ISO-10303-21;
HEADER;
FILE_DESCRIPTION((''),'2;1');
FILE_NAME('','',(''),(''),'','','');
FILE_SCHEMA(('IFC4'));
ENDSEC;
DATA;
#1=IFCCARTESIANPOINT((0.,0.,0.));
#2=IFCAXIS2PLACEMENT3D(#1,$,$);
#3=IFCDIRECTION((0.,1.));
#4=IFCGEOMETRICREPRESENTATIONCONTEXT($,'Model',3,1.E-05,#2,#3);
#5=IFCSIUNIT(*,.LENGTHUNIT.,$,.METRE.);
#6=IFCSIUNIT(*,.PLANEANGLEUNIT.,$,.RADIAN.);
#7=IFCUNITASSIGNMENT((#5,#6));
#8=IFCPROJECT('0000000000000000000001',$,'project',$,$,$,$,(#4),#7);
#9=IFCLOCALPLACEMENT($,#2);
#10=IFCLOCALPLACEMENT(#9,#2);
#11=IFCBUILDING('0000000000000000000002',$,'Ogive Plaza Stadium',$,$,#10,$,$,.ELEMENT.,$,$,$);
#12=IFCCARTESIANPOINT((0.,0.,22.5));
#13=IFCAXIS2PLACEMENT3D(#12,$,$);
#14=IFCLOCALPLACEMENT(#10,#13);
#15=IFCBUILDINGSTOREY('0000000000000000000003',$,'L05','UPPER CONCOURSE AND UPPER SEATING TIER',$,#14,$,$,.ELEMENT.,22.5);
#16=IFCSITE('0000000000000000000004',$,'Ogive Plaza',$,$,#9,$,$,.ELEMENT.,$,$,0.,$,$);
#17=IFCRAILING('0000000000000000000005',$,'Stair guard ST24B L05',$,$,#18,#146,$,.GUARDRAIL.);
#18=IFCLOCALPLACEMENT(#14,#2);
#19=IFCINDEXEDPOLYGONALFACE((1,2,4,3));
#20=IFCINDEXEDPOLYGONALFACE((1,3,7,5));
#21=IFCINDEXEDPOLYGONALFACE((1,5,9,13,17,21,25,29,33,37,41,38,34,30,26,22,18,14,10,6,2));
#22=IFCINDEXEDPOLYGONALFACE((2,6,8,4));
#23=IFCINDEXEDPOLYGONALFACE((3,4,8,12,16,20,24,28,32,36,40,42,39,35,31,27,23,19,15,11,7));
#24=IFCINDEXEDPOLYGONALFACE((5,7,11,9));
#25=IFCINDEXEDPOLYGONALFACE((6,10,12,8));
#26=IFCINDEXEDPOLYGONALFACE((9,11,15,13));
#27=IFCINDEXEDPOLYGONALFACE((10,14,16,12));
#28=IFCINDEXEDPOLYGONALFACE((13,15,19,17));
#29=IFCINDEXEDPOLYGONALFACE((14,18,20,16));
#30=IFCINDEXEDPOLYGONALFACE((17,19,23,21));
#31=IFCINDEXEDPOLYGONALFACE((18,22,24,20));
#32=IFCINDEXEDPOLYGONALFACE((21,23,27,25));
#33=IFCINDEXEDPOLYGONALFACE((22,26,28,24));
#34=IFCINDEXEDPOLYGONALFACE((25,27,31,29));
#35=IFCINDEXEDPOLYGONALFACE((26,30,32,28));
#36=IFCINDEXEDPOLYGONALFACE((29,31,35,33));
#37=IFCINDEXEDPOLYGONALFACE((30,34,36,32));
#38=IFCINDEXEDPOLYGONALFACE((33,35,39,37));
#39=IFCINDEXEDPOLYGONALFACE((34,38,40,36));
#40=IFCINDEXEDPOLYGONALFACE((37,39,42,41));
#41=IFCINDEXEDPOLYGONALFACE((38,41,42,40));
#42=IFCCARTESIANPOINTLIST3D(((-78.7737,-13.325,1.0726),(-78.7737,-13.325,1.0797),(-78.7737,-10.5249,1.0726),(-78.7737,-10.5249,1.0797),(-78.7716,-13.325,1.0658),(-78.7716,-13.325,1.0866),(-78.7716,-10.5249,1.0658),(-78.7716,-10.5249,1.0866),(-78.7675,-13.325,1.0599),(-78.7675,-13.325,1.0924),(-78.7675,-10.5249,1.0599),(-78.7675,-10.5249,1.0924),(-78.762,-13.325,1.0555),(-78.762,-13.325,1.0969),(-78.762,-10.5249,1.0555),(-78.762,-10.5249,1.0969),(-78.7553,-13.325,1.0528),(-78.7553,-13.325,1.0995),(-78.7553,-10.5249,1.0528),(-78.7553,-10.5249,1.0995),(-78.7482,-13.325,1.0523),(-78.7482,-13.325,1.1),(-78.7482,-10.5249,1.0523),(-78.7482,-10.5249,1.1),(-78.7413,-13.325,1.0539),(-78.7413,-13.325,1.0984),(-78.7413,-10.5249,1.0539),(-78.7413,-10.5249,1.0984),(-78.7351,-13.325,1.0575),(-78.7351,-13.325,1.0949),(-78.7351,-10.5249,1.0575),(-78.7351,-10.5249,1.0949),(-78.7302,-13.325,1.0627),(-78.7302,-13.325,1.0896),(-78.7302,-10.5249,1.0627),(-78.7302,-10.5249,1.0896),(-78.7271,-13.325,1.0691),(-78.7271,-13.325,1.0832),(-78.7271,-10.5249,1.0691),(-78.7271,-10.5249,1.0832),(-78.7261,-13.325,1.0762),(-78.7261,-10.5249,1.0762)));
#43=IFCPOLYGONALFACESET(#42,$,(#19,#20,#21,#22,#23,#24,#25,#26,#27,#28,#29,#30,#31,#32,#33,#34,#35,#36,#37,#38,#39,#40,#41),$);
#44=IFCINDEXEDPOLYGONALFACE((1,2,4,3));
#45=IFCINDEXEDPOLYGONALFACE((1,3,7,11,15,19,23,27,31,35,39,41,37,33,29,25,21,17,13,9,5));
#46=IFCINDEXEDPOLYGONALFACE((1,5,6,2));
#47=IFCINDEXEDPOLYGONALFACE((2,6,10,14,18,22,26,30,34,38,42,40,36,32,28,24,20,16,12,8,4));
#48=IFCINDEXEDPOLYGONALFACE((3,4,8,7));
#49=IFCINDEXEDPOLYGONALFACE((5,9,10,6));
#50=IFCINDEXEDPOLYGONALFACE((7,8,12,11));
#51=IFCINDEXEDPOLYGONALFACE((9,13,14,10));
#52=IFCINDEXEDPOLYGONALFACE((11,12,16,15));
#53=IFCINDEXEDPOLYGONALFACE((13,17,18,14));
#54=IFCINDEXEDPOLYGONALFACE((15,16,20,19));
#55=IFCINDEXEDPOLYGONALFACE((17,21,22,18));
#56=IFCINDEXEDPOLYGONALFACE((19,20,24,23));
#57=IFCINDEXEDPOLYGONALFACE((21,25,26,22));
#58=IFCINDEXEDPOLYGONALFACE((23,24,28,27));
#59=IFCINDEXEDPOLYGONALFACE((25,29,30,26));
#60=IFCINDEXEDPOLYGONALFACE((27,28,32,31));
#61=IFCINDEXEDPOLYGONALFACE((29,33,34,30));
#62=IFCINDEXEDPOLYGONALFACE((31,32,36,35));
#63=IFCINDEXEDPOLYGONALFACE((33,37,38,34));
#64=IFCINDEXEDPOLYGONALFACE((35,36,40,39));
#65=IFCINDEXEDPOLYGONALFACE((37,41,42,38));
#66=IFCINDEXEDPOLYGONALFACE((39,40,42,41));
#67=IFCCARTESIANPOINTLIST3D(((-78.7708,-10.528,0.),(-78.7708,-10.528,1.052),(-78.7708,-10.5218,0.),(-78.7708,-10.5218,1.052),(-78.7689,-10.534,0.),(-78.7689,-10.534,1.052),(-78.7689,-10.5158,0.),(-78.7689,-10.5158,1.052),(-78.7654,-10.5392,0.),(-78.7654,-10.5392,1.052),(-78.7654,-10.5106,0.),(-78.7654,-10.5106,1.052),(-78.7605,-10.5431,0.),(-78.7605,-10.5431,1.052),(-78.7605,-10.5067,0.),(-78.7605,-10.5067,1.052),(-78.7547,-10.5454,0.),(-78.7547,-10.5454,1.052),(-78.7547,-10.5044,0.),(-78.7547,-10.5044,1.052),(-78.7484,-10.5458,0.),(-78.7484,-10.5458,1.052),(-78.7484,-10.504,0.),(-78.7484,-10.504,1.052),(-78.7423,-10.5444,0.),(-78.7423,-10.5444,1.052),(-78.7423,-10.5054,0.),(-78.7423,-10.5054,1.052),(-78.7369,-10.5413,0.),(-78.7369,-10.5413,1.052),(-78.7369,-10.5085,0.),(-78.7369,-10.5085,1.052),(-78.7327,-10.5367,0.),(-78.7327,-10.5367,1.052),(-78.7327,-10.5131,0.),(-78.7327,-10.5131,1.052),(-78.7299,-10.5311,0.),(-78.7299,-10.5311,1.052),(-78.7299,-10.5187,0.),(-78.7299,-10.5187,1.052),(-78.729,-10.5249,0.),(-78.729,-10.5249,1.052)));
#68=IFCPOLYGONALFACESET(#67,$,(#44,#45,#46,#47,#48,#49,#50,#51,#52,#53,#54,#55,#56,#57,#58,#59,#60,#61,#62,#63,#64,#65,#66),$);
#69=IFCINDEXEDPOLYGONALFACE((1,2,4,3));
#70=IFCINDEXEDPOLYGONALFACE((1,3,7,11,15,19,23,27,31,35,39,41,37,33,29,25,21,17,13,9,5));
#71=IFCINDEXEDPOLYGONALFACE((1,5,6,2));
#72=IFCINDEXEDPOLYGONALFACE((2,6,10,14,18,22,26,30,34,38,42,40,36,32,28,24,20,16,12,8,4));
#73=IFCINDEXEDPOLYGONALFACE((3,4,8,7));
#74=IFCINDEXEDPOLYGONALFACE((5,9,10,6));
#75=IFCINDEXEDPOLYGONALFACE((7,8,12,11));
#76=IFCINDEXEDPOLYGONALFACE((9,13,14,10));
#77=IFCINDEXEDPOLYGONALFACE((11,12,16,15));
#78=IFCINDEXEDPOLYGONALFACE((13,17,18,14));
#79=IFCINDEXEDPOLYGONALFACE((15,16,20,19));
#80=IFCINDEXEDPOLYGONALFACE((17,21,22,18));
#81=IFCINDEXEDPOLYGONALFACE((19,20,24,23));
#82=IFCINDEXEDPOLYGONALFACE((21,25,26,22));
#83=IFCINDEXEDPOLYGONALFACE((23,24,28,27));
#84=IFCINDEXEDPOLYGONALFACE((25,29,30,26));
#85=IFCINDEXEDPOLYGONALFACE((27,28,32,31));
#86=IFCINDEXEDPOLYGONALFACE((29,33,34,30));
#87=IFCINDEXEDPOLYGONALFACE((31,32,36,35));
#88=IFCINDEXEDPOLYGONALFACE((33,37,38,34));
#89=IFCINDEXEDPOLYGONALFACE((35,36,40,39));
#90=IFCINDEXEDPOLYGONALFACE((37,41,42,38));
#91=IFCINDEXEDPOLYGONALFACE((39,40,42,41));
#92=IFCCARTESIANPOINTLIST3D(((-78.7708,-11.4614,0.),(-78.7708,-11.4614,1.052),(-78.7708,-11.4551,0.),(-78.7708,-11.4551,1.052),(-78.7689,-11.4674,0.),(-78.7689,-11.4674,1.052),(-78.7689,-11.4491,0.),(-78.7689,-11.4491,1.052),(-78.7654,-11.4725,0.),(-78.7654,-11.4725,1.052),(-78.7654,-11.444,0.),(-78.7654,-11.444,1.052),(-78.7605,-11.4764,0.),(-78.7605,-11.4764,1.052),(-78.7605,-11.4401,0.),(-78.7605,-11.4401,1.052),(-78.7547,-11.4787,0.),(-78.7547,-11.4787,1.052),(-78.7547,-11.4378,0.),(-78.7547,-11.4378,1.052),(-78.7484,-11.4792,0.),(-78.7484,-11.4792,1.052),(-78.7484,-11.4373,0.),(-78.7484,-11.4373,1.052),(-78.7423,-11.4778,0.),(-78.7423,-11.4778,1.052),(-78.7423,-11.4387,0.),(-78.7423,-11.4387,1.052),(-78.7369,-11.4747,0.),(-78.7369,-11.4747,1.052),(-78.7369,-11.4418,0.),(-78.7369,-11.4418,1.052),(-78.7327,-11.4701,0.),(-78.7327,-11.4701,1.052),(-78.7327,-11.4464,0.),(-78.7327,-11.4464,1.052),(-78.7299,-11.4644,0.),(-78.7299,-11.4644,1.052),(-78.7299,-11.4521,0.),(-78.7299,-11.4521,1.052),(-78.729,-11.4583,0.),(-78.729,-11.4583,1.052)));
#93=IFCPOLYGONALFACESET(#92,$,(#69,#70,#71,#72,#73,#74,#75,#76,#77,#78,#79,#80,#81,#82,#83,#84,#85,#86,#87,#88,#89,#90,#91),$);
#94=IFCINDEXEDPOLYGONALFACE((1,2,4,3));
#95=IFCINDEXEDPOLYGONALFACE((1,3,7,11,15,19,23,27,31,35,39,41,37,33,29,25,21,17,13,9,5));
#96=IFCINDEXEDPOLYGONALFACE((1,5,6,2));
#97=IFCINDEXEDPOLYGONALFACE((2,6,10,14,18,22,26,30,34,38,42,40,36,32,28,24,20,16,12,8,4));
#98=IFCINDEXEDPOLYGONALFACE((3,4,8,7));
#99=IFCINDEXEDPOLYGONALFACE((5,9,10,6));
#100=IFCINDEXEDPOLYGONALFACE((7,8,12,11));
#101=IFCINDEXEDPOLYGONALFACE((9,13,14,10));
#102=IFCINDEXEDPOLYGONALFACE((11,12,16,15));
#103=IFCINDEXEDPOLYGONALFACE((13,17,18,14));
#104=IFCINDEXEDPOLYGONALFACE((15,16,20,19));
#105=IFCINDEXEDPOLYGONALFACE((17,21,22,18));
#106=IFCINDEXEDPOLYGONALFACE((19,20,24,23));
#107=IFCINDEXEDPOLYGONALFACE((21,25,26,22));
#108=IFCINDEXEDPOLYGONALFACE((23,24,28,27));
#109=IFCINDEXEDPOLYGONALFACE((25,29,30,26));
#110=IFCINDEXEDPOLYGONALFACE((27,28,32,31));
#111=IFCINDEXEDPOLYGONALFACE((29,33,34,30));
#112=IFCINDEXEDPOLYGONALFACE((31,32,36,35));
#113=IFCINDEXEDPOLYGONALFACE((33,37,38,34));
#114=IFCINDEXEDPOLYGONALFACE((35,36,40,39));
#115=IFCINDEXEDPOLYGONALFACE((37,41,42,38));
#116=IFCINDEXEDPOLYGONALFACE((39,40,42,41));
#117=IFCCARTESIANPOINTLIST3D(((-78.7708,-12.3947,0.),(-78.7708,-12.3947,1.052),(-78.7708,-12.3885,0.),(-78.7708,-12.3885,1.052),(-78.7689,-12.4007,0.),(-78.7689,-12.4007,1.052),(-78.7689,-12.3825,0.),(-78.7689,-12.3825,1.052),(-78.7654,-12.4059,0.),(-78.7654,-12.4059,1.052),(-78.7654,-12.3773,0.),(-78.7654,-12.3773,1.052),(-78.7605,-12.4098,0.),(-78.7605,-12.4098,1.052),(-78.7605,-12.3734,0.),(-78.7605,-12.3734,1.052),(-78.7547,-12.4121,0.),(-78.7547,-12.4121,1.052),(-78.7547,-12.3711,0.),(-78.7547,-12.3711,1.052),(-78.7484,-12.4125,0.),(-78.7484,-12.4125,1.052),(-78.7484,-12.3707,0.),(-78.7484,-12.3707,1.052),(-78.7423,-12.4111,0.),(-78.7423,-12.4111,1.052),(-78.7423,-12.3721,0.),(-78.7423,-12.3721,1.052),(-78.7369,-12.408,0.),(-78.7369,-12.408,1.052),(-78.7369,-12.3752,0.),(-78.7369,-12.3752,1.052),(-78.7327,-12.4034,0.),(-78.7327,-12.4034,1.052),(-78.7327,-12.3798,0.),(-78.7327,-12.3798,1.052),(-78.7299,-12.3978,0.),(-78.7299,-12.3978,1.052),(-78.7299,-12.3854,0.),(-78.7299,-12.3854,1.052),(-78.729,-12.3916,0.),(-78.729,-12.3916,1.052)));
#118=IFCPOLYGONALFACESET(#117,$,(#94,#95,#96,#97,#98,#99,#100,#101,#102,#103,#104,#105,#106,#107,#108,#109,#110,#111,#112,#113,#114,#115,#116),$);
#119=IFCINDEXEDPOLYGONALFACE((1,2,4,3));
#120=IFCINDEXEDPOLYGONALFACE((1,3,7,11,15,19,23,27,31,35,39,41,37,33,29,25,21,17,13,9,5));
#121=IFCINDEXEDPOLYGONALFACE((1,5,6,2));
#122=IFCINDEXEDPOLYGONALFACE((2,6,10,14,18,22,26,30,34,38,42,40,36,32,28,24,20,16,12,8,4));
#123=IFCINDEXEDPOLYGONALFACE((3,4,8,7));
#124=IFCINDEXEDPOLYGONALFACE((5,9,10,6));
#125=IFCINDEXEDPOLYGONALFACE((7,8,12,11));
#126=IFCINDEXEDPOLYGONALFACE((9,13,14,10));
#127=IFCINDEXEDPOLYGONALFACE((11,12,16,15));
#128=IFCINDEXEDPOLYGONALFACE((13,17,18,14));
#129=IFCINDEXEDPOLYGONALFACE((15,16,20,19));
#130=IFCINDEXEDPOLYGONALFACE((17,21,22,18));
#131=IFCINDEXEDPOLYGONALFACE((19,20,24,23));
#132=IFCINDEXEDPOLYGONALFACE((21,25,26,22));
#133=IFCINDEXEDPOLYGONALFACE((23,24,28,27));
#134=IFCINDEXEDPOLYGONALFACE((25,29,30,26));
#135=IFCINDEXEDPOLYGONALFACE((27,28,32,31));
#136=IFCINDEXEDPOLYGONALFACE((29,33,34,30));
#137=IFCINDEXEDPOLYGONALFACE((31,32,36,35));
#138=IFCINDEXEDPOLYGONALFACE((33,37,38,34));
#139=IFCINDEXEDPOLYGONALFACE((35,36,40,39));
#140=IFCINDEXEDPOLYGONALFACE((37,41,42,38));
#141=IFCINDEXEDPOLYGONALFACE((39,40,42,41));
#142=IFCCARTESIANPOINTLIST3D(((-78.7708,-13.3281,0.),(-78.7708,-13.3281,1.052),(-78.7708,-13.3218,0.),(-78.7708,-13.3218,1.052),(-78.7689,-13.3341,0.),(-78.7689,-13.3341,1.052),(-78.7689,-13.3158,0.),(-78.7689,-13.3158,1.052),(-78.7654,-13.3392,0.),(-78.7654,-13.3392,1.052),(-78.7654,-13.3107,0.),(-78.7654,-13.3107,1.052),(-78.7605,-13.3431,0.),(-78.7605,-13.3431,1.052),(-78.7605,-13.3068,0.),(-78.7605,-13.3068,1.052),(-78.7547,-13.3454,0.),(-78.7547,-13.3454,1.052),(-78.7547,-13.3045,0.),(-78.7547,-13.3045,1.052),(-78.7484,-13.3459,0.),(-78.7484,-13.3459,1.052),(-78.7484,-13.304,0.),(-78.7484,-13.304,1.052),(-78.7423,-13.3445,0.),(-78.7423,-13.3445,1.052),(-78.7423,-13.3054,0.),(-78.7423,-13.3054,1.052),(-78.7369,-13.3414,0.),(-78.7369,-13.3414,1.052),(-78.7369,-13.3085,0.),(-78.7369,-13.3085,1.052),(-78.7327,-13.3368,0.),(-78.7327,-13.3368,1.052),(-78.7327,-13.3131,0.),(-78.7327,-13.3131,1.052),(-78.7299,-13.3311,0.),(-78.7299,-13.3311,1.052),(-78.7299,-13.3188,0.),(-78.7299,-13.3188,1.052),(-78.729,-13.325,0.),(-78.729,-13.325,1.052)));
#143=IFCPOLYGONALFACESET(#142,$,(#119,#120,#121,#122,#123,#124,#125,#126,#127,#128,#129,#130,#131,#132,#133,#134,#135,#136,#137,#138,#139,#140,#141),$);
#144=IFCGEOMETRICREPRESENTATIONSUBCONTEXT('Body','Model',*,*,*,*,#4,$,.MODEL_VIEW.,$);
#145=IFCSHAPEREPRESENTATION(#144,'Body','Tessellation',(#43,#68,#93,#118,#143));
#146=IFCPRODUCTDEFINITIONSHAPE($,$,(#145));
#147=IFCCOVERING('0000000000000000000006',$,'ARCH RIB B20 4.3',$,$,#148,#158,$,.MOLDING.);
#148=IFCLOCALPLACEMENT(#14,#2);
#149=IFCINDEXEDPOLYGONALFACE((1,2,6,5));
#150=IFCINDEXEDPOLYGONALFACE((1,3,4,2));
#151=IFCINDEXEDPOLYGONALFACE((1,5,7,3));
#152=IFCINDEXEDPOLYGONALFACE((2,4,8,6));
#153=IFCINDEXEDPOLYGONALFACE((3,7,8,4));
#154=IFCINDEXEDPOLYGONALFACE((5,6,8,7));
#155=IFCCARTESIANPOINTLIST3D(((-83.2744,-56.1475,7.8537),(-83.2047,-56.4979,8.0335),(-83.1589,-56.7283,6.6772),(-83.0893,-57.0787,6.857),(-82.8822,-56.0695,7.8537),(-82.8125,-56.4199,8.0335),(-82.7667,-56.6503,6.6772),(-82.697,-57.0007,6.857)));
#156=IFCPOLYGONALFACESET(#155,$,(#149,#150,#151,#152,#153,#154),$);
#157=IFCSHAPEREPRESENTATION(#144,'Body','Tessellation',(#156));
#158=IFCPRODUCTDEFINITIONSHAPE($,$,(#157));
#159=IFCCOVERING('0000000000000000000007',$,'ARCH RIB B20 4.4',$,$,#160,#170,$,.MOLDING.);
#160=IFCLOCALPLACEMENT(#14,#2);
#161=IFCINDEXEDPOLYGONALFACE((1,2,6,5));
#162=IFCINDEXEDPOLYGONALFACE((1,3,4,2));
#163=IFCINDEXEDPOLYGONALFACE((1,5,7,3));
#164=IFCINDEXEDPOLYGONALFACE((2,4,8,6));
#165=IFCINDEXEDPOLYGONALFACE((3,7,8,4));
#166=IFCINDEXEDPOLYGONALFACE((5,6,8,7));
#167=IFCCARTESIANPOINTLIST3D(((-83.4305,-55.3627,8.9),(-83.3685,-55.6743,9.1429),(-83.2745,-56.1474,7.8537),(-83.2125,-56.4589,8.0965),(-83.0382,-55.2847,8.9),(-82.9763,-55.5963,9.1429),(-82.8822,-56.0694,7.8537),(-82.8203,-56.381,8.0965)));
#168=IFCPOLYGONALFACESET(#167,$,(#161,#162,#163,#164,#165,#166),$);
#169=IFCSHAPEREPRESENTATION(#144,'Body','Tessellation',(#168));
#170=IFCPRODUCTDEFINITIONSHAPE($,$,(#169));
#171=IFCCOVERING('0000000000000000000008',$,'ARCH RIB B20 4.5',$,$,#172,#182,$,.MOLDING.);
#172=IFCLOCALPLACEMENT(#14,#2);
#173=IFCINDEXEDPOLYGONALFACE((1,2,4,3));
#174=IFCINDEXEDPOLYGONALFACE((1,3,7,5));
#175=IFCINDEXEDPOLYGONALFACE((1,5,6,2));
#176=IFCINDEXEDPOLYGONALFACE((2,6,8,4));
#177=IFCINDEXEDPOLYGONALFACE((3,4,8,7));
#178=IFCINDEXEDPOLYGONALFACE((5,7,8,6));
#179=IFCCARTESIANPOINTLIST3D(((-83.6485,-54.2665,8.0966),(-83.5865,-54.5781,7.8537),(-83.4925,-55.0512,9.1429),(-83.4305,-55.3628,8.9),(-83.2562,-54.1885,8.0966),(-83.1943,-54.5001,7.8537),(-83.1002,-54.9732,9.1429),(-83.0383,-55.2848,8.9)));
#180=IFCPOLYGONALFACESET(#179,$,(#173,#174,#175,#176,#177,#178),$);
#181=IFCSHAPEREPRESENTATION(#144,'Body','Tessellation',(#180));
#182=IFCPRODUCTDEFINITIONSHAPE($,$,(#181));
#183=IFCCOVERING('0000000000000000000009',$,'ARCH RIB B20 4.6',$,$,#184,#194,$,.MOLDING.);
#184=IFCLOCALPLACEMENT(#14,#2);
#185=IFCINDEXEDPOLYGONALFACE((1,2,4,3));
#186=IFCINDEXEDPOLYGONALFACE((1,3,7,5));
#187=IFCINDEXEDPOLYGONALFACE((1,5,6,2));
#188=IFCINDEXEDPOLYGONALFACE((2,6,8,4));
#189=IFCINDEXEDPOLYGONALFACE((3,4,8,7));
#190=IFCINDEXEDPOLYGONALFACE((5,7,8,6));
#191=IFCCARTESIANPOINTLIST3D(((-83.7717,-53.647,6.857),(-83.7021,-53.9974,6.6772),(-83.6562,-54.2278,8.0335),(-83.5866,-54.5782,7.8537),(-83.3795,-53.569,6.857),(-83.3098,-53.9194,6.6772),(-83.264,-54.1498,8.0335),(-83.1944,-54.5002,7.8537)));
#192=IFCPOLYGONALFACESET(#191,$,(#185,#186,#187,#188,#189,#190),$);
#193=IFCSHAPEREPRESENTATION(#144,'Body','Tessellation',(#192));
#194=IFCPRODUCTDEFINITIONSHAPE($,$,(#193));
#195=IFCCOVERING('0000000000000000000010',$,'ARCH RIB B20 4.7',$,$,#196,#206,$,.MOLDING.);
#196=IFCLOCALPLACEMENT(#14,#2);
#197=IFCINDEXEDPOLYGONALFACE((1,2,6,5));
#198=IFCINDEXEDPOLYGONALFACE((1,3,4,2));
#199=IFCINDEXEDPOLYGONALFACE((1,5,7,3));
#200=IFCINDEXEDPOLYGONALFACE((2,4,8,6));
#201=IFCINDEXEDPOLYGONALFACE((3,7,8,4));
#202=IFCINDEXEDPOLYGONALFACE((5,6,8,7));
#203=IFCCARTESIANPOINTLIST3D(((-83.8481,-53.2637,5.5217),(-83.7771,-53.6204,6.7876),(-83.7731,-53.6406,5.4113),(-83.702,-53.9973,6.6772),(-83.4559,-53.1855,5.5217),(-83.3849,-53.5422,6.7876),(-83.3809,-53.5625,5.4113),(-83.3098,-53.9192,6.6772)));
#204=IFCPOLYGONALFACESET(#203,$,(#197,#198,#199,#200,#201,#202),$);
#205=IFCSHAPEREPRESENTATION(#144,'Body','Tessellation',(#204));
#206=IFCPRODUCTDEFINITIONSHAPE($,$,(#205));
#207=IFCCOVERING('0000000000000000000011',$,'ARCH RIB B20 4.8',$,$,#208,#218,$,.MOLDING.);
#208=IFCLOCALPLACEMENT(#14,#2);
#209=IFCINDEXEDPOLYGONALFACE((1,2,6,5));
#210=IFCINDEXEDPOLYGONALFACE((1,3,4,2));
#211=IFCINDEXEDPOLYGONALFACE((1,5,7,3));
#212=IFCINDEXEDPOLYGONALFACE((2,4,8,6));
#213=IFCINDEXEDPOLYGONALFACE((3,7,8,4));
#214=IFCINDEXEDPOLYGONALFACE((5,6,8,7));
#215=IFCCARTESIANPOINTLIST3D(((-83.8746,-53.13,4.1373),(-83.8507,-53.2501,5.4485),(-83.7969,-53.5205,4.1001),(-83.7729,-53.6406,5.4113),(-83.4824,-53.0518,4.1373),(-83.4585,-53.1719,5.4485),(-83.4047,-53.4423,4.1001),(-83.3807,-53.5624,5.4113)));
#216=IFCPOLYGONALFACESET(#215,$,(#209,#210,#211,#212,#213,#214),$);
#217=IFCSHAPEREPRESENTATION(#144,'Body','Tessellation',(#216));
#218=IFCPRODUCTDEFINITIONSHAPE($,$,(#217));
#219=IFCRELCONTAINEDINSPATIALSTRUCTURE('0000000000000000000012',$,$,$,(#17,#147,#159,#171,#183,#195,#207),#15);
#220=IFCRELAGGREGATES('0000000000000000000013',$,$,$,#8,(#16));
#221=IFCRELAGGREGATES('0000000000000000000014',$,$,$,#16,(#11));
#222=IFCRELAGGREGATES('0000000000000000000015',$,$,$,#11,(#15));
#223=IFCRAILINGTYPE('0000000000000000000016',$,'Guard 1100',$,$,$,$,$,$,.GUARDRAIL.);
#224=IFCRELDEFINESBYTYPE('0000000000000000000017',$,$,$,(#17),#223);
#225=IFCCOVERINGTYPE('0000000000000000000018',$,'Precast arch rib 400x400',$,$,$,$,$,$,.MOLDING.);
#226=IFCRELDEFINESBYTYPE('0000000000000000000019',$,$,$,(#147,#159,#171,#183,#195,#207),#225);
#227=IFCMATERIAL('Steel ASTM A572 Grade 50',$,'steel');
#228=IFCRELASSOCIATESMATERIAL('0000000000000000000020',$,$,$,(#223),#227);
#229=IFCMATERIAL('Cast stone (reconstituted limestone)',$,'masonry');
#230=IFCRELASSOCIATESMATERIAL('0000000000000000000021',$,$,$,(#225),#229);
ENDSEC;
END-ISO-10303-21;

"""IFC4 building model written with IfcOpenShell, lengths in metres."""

from ifc_helpers import new_model, si_unit, direction, frame, origin, origin_2d, place, context, subcontext, project, spatial, rectangle, circle, extrude, material, material_profile, profile_set, type_object, element, save


model = new_model("IFC4")

# Units and contexts
model_context = context("Model", 3, precision=1e-05, world=origin(), true_north=direction((0.0, 1.0)))
body_context = subcontext(model_context, "Body", "Model", "MODEL_VIEW")
ifc_project = project(units=[si_unit("LENGTHUNIT", "METRE"), si_unit("PLANEANGLEUNIT", "RADIAN")], contexts=[model_context])

# Site, building, storey
site_placement = place(None, origin())
site = spatial("IfcSite", under=ifc_project, at=site_placement, Name="Ogive Plaza", CompositionType="ELEMENT", RefElevation=0.0)
building_placement = place(site_placement, origin())
building = spatial("IfcBuilding", under=site, at=building_placement, Name="Ogive Plaza Stadium", CompositionType="ELEMENT")
storey_placement = place(building_placement, frame((0.0, 0.0, 22.5)))
storey = spatial("IfcBuildingStorey", under=building, at=storey_placement, Name="L05", Description="UPPER CONCOURSE AND UPPER SEATING TIER", CompositionType="ELEMENT", Elevation=22.5)

# Railing
ifc_material_1 = material(Name="Steel ASTM A572 Grade 50", Category="steel")
railing_type = type_object("IfcRailingType", Name="Guard 1100", PredefinedType="GUARDRAIL", material=ifc_material_1)
for number, where, name in (
    (1, (-78.75, -10.5249, 0.0), "Stair guard ST24B L05"),
):
    element("IfcRailing", number, at=place(storey_placement, frame(where)), inside=storey, type_object=railing_type, Name=name, PredefinedType="GUARDRAIL", context=body_context, shape_type="SweptSolid", body=[
        extrude(circle(Radius=0.0239, at=origin_2d()), frame((0.0, 0.0, 1.0762), z_axis=(0.0, -1.0, 0.0), x_axis=(1.0, 0.0, 0.0)), (0.0, 0.0, 1.0), 2.8),
        extrude(circle(Radius=0.021, at=origin_2d()), origin(), (0.0, 0.0, 1.0), 1.052),
        extrude(circle(Radius=0.021, at=origin_2d()), frame((0.0, -0.9333, 0.0)), (0.0, 0.0, 1.0), 1.052),
        extrude(circle(Radius=0.021, at=origin_2d()), frame((0.0, -1.8667, 0.0)), (0.0, 0.0, 1.0), 1.052),
        extrude(circle(Radius=0.021, at=origin_2d()), frame((0.0, -2.8, 0.0)), (0.0, 0.0, 1.0), 1.052),
    ])

# Coverings
ifc_material_2 = material(Name="Cast stone (reconstituted limestone)", Category="masonry")
ifc_material_profile_1 = material_profile(ifc_material_2, rectangle(XDim=0.3999, YDim=0.3999, at=origin_2d()), Name="Cast stone 400x400")
ifc_profile_set_1 = profile_set([ifc_material_profile_1], Name="Cast stone (reconstituted limestone)")
covering_type_1 = type_object("IfcCoveringType", Name="Precast arch rib 400x400", PredefinedType="MOLDING", material=ifc_profile_set_1)
for number, where, z_axis, x_axis, name in (
    (2, (-82.928, -56.8645, 6.7671), (-0.087674, 0.440963, 0.893233), (-0.980802, -0.195006, 0.0), "ARCH RIB B20 4.3"),
    (3, (-83.0474, -56.2642, 7.9751), (-0.118439, 0.595717, 0.794414), (-0.980803, -0.195001, 0.0), "ARCH RIB B20 4.4"),
    (4, (-83.2654, -55.168, 9.0215), (-0.118439, 0.595717, -0.794414), (-0.980803, -0.195001, 0.0), "ARCH RIB B20 4.5"),
    (5, (-83.4253, -54.364, 7.9436), (-0.087674, 0.440963, -0.893233), (-0.980802, -0.195006, 0.0), "ARCH RIB B20 4.6"),
    (6, (-83.5435, -53.7698, 6.7324), (-0.053941, 0.270818, -0.961118), (-0.980735, -0.195342, 0.0), "ARCH RIB B20 4.7"),
):
    element("IfcCovering", number, at=place(storey_placement, frame(where, z_axis=z_axis, x_axis=x_axis)), inside=storey, type_object=covering_type_1, Name=name, PredefinedType="MOLDING", context=body_context, shape_type="SweptSolid", body=[
        extrude(rectangle(XDim=0.3999, YDim=0.3999, at=origin_2d()), origin(), (0.0, 0.0, 1.0), 1.3171),
    ])
covering_1_placement = place(storey_placement, frame((-83.6157, -53.4062, 5.4299), z_axis=(-0.018167, 0.091206, -0.995666), x_axis=(-0.980734, -0.195349, 0.0)))
element("IfcCovering", 7, at=covering_1_placement, inside=storey, type_object=covering_type_1, Name="ARCH RIB B20 4.8", PredefinedType="MOLDING", context=body_context, shape_type="SweptSolid", body=[
    extrude(rectangle(XDim=0.3999, YDim=0.3999, at=origin_2d()), origin(), (0.0, 0.0, 1.0), 1.3169),
])

save(model, "model.ifc")
